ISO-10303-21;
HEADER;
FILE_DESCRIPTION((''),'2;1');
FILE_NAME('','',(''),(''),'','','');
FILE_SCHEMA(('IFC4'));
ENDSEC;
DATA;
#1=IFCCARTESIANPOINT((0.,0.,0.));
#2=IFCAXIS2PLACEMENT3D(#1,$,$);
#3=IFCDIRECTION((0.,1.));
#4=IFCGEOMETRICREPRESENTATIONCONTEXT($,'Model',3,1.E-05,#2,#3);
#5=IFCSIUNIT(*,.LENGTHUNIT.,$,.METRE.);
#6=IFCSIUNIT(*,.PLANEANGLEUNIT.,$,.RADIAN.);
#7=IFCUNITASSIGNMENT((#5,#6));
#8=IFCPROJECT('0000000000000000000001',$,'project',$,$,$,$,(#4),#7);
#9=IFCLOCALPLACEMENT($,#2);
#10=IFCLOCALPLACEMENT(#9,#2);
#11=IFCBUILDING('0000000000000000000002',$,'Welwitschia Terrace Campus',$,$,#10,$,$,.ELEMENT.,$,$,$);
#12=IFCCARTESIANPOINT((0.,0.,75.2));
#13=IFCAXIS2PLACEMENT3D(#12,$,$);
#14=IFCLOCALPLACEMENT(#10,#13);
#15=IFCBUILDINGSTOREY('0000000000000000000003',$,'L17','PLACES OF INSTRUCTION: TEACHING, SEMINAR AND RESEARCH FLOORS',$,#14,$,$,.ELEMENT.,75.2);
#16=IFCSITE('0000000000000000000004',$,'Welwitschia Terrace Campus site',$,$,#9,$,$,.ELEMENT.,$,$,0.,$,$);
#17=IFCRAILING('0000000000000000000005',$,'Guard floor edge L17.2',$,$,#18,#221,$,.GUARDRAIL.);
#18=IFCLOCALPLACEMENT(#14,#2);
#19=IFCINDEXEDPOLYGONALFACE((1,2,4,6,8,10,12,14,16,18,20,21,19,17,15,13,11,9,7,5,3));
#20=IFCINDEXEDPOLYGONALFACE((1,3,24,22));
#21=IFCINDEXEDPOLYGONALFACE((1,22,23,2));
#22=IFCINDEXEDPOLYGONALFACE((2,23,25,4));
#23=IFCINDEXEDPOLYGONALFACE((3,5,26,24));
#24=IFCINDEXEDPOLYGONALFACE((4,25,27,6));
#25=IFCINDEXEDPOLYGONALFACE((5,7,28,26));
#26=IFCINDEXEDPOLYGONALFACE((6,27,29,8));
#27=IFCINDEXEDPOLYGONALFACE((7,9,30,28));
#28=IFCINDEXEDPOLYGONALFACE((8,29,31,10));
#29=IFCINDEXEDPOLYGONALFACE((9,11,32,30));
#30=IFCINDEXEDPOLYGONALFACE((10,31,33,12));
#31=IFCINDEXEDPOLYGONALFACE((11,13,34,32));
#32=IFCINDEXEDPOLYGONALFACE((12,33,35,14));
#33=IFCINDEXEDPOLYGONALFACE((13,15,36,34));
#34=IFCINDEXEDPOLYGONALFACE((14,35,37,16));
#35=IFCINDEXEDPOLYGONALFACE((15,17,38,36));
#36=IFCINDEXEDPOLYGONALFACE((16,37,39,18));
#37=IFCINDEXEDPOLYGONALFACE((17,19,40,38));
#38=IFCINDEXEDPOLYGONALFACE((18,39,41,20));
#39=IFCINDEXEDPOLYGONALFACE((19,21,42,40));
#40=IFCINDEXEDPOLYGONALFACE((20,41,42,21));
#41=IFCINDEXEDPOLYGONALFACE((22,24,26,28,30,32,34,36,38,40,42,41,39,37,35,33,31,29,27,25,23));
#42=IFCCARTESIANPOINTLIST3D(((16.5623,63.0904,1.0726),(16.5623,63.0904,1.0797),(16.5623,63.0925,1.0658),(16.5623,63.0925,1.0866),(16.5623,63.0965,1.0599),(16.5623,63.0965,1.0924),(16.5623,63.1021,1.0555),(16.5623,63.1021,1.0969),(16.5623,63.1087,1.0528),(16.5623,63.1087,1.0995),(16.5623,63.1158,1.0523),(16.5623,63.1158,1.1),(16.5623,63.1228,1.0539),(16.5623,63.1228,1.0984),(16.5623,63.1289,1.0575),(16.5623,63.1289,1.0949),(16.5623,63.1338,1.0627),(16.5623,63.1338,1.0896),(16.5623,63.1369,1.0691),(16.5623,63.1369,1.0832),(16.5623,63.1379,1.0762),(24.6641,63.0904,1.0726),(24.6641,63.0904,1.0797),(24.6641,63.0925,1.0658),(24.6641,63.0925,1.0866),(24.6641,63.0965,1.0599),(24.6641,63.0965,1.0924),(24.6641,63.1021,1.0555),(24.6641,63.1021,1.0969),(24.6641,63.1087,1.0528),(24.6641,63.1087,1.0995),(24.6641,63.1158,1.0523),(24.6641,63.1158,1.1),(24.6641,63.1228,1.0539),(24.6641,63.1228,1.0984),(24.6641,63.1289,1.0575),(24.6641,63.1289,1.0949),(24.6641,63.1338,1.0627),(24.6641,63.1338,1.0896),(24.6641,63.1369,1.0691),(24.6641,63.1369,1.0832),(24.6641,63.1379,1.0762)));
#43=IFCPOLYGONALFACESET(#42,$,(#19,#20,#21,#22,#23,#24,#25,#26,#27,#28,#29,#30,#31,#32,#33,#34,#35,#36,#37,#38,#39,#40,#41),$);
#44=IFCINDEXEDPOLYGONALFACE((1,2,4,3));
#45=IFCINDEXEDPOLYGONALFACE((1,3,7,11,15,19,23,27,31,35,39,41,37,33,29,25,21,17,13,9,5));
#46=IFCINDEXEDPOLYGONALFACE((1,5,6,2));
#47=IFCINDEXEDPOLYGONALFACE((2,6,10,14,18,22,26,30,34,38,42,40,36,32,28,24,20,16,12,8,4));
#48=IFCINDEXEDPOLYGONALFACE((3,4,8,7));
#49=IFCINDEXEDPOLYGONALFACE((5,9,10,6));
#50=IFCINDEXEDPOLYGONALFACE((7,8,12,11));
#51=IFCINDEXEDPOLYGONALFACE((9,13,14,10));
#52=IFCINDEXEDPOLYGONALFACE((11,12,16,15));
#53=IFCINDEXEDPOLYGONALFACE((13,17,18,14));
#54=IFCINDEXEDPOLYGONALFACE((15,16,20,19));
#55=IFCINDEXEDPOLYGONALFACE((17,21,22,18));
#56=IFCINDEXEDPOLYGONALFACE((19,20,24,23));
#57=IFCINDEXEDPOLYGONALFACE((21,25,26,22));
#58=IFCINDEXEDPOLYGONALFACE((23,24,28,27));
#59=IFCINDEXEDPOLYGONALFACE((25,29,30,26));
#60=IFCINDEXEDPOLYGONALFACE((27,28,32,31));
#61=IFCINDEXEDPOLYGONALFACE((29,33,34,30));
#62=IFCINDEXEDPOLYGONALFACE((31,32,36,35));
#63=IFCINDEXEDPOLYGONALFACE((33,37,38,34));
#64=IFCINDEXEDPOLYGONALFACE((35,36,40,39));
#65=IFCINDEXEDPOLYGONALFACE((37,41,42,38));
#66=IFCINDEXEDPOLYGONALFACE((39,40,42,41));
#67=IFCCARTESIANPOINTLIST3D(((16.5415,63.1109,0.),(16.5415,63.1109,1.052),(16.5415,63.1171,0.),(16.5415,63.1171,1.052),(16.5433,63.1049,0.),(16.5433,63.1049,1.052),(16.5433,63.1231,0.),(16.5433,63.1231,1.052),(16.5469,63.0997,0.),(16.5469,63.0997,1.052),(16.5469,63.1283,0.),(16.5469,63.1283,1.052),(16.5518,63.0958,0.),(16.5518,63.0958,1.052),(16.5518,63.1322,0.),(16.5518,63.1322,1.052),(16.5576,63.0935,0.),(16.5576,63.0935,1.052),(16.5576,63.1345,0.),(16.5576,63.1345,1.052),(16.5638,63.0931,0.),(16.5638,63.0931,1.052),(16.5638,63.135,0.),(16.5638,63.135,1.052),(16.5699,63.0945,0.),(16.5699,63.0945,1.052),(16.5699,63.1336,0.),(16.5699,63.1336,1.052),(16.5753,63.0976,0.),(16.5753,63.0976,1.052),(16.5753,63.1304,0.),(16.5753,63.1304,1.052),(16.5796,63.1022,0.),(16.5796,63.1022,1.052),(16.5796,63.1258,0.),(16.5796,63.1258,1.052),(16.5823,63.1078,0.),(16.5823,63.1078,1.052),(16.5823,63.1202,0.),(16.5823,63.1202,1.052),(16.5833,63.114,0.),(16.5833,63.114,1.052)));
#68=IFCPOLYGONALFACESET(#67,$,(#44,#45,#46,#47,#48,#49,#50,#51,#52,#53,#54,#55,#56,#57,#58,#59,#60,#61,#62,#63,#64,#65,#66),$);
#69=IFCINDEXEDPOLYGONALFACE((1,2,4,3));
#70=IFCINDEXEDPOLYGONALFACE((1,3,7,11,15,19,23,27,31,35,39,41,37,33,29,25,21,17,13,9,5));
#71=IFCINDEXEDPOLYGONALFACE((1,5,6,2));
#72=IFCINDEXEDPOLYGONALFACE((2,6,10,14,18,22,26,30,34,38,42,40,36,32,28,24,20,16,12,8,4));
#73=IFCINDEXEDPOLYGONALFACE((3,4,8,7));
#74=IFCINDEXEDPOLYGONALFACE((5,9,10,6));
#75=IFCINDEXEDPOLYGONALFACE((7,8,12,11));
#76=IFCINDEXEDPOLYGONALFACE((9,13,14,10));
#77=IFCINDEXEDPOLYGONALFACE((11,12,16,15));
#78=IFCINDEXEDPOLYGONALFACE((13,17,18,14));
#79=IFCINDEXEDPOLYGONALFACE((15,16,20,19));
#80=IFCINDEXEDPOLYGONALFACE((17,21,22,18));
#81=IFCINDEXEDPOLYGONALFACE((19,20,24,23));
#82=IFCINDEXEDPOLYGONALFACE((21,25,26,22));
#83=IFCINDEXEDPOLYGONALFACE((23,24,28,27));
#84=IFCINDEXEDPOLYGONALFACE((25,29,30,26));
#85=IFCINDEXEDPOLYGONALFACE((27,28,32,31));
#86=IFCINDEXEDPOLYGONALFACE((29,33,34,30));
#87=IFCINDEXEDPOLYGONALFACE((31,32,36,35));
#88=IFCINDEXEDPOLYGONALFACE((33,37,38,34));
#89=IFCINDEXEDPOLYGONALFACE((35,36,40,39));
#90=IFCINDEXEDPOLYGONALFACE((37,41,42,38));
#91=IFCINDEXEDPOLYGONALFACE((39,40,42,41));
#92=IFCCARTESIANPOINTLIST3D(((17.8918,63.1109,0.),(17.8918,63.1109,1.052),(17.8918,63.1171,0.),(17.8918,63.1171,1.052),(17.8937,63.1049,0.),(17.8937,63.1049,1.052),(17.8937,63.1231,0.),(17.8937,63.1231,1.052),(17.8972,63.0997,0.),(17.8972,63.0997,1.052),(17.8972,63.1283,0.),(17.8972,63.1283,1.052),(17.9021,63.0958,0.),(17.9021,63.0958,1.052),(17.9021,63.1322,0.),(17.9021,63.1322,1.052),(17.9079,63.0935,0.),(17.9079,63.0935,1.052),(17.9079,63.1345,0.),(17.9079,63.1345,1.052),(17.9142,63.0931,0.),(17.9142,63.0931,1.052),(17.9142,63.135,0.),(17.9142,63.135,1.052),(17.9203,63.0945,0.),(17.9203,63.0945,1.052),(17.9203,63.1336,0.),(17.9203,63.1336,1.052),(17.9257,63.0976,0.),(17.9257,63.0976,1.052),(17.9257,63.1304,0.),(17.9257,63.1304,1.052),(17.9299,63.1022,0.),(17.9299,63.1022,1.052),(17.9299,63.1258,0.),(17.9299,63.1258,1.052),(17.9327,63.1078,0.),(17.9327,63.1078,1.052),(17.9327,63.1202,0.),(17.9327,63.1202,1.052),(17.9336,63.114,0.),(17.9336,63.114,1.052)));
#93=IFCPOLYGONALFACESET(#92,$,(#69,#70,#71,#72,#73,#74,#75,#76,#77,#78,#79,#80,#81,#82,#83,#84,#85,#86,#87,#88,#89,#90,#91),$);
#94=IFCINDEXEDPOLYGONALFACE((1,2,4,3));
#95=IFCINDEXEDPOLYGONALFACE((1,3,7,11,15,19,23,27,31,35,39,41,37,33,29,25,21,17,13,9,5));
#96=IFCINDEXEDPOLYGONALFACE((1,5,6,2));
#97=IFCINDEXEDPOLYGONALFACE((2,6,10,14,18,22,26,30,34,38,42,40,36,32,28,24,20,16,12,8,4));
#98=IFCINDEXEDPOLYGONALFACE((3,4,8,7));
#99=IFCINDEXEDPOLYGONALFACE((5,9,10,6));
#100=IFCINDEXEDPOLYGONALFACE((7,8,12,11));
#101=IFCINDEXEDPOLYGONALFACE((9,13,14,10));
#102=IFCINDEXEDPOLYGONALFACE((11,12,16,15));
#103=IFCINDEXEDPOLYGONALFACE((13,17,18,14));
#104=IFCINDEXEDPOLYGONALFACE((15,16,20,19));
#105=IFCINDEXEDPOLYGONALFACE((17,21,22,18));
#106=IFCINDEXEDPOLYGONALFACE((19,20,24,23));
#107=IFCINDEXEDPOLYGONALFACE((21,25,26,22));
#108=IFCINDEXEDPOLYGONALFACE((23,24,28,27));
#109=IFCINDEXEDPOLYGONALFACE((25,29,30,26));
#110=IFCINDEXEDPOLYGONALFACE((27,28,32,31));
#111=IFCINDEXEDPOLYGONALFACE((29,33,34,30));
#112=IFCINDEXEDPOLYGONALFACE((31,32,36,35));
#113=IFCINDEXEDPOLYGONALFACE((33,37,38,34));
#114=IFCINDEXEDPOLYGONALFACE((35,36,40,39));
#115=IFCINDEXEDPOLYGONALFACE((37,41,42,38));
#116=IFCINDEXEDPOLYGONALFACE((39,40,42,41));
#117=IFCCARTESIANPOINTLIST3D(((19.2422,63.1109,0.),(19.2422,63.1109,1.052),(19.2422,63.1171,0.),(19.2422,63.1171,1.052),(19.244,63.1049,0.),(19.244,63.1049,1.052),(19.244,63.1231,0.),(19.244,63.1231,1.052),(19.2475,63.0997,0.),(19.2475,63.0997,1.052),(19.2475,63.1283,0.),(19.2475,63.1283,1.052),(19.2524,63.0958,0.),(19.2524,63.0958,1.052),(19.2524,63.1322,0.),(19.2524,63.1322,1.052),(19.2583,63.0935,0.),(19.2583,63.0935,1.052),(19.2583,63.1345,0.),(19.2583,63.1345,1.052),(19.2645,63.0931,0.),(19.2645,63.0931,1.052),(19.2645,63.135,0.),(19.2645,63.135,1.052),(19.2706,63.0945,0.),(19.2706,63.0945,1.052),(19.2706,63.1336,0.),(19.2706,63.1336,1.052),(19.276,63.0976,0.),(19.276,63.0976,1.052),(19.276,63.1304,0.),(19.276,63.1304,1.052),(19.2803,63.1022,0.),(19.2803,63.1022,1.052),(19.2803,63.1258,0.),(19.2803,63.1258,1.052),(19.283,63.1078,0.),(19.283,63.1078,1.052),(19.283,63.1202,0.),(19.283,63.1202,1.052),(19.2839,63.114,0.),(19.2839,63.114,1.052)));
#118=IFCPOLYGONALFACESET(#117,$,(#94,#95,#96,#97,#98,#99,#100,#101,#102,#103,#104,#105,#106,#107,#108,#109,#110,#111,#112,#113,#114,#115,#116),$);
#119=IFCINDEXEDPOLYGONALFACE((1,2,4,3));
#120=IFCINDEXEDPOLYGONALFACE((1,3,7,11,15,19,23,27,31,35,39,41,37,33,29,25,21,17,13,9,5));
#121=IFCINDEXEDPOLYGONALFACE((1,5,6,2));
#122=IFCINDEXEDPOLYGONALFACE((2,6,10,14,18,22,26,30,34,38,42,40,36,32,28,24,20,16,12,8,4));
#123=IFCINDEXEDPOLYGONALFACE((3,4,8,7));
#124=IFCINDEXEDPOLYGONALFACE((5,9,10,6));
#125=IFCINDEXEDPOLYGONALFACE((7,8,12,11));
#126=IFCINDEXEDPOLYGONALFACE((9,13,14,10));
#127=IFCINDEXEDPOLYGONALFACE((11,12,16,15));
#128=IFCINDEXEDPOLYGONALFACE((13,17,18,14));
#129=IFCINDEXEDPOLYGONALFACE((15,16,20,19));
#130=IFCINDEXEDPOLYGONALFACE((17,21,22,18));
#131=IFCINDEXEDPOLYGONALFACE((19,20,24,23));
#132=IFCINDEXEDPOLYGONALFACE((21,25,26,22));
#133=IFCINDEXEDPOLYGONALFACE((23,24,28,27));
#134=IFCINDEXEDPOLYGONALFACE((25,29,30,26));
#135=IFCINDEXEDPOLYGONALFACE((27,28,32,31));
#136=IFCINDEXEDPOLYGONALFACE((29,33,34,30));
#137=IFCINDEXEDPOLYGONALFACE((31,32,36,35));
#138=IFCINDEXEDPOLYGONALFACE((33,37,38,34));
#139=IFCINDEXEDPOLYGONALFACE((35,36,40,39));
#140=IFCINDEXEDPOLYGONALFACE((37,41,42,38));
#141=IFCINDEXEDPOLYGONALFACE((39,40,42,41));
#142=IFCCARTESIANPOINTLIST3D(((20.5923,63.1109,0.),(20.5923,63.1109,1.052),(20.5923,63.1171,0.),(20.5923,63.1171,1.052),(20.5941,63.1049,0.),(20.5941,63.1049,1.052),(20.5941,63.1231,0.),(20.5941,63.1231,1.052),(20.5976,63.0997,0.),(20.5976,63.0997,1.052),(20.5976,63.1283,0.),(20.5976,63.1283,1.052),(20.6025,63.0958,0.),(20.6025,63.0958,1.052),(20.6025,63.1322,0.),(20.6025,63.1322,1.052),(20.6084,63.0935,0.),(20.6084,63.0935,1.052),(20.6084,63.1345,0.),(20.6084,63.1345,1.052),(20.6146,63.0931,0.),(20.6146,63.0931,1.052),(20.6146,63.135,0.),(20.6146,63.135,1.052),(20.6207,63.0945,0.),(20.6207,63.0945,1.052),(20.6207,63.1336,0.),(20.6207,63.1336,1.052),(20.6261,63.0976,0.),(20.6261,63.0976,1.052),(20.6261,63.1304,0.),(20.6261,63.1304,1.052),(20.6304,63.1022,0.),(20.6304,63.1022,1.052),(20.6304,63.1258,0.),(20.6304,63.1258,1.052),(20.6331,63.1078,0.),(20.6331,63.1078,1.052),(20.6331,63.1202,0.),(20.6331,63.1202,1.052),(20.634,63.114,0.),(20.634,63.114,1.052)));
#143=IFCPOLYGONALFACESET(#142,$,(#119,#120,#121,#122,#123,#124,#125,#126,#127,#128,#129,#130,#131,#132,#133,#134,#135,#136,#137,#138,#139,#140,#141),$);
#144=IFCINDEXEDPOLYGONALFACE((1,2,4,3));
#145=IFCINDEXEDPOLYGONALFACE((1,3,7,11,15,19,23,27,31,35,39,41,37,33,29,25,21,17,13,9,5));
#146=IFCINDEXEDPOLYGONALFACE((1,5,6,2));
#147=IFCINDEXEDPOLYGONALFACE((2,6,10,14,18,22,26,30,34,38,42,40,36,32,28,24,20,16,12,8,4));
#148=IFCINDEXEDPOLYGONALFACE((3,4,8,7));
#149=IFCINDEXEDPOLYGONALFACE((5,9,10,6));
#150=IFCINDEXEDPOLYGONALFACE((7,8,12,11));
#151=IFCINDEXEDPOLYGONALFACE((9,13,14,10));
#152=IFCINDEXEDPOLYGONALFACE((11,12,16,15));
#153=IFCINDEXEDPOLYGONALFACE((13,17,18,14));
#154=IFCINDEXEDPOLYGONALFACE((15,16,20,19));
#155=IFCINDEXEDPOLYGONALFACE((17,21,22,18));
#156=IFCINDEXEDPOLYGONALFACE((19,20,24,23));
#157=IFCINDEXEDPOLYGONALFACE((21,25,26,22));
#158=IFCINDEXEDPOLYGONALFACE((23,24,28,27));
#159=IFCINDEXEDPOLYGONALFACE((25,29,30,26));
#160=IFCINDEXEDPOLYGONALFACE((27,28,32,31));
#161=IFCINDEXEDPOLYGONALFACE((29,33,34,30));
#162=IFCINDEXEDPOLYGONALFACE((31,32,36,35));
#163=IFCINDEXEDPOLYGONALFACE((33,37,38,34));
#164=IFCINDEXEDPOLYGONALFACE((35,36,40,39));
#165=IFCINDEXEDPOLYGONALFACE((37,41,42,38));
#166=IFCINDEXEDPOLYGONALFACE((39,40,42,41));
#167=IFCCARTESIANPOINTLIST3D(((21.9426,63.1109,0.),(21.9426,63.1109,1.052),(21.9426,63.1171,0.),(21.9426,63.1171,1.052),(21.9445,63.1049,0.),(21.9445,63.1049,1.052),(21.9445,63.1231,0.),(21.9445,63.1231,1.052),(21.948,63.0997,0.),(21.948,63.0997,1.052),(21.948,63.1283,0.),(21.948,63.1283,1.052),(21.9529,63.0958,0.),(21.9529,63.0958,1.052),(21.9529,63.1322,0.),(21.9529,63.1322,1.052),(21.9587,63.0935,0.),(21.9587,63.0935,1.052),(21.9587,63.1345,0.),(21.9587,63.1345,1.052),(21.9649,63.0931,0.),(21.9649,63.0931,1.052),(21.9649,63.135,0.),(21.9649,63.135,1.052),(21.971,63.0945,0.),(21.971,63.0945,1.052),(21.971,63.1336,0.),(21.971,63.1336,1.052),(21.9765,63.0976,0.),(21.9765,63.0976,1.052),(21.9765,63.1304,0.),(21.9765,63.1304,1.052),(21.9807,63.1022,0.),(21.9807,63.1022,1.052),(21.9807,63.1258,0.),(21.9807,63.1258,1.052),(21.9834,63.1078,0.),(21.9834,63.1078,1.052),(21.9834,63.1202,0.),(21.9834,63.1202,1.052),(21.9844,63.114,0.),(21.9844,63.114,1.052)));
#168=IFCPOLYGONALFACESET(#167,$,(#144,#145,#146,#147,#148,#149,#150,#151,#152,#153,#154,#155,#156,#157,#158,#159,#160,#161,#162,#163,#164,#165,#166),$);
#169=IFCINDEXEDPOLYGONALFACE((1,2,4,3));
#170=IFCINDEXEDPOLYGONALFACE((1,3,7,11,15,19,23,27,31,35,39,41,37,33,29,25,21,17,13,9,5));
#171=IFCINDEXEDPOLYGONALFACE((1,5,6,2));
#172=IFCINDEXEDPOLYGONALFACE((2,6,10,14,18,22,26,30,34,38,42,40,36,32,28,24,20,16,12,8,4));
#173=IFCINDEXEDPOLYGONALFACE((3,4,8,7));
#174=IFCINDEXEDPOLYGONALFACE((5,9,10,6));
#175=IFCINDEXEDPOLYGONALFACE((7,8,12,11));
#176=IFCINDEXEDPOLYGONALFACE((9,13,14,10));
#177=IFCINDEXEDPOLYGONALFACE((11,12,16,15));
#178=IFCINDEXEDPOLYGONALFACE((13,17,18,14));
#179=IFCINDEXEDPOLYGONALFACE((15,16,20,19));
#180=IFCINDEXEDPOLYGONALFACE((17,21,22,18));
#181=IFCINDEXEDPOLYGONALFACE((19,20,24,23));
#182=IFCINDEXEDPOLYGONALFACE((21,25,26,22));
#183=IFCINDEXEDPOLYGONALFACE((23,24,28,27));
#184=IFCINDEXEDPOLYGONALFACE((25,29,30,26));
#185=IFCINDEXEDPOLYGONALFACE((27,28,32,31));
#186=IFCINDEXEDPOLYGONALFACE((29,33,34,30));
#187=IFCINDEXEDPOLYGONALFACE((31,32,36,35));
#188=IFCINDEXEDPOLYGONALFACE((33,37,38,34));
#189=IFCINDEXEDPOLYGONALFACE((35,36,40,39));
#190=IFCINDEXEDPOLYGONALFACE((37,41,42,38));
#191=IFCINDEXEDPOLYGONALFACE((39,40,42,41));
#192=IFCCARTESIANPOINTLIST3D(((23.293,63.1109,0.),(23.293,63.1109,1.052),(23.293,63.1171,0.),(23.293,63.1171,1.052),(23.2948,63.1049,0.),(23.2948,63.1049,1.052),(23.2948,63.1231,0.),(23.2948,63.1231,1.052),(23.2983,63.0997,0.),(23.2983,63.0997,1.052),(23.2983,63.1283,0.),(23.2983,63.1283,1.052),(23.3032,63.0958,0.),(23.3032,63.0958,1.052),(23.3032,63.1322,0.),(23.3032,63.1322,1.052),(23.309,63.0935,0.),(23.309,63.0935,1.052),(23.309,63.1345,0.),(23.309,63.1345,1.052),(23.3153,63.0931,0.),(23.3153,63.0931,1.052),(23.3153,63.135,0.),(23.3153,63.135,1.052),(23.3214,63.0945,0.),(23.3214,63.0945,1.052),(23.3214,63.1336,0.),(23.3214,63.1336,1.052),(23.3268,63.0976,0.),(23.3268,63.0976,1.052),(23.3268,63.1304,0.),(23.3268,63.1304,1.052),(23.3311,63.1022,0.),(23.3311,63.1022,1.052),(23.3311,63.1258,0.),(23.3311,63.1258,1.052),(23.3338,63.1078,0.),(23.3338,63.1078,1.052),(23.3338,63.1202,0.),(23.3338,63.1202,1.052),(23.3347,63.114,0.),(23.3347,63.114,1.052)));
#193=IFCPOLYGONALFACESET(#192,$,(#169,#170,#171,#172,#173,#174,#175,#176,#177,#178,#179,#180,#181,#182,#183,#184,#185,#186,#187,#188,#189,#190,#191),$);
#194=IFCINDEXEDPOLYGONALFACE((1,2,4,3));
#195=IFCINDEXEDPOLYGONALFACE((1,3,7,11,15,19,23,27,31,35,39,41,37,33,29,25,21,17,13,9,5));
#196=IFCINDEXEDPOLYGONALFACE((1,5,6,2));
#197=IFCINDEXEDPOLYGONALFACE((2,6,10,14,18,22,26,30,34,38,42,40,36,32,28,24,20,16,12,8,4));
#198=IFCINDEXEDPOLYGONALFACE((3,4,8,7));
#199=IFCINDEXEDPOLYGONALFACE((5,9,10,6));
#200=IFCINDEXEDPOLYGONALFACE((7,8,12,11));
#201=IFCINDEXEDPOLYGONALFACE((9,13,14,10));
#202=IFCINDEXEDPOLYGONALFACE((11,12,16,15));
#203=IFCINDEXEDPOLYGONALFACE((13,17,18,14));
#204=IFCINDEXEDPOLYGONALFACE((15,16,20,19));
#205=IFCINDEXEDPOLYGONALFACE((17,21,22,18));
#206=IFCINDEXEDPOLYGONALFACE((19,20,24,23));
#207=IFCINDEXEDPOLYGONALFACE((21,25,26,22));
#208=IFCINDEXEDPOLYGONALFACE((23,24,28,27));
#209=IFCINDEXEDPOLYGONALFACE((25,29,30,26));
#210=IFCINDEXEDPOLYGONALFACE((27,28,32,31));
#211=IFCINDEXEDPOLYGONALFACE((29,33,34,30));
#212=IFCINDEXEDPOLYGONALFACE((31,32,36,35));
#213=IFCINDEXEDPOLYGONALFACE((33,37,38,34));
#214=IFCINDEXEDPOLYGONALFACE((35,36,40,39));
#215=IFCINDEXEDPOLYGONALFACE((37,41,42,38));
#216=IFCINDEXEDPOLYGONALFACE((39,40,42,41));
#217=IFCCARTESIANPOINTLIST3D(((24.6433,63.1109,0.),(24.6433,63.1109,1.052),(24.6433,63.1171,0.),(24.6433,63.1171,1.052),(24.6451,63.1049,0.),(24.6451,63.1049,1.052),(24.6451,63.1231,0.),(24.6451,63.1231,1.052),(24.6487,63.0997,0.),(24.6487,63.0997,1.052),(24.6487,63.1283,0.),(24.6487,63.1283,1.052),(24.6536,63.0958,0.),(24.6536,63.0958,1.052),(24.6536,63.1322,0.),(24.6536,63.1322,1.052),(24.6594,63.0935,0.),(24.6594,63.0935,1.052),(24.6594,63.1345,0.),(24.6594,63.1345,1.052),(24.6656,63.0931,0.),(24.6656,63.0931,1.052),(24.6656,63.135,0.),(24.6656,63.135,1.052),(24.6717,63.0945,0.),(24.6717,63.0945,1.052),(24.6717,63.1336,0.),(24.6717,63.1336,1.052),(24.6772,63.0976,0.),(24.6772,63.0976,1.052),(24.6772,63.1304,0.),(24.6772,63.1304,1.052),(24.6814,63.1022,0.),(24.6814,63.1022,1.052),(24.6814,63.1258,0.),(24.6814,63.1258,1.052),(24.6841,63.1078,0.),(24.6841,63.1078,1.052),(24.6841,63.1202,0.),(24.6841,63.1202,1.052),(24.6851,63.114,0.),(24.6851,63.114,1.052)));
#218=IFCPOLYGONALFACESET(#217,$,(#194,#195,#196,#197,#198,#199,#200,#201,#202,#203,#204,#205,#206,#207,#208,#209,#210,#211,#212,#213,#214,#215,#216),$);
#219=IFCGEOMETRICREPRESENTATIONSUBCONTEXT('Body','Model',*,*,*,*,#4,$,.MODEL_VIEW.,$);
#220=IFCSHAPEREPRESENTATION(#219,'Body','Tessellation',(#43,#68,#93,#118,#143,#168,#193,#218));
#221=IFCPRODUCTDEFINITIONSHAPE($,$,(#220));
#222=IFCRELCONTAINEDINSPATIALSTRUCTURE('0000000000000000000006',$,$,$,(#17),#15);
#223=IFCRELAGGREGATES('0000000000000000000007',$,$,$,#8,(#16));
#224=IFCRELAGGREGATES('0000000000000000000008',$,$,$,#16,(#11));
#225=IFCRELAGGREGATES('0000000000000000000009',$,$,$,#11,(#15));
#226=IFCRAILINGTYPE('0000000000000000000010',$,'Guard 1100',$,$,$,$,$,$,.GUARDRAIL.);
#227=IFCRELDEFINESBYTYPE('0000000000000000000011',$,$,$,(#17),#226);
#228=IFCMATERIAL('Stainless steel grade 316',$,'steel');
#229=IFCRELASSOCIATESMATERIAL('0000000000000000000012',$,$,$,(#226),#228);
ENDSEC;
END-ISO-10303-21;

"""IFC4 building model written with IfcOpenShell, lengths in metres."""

from ifc_helpers import new_model, si_unit, direction, frame, origin, origin_2d, place, context, subcontext, project, spatial, circle, extrude, material, type_object, element, save


model = new_model("IFC4")

# Units and contexts
model_context = context("Model", 3, precision=1e-05, world=origin(), true_north=direction((0.0, 1.0)))
body_context = subcontext(model_context, "Body", "Model", "MODEL_VIEW")
ifc_project = project(units=[si_unit("LENGTHUNIT", "METRE"), si_unit("PLANEANGLEUNIT", "RADIAN")], contexts=[model_context])

# Site, building, storey
site_placement = place(None, origin())
site = spatial("IfcSite", under=ifc_project, at=site_placement, Name="Welwitschia Terrace Campus site", CompositionType="ELEMENT", RefElevation=0.0)
building_placement = place(site_placement, origin())
building = spatial("IfcBuilding", under=site, at=building_placement, Name="Welwitschia Terrace Campus", CompositionType="ELEMENT")
storey_placement = place(building_placement, frame((0.0, 0.0, 75.2)))
storey = spatial("IfcBuildingStorey", under=building, at=storey_placement, Name="L17", Description="PLACES OF INSTRUCTION: TEACHING, SEMINAR AND RESEARCH FLOORS", CompositionType="ELEMENT", Elevation=75.2)

# Railing
ifc_material_1 = material(Name="Stainless steel grade 316", Category="steel")
railing_type = type_object("IfcRailingType", Name="Guard 1100", PredefinedType="GUARDRAIL", material=ifc_material_1)
railing_1_placement = place(storey_placement, frame((16.5623, 63.114, 0.0)))
element("IfcRailing", 1, at=railing_1_placement, inside=storey, type_object=railing_type, Name="Guard floor edge L17.2", PredefinedType="GUARDRAIL", context=body_context, shape_type="SweptSolid", body=[
    extrude(circle(Radius=0.0239, at=origin_2d()), frame((0.0, 0.0, 1.0762), z_axis=(1.0, 0.0, 0.0), x_axis=(0.0, 1.0, 0.0)), (0.0, 0.0, 1.0), 8.1018),
    extrude(circle(Radius=0.021, at=origin_2d()), origin(), (0.0, 0.0, 1.0), 1.052),
    extrude(circle(Radius=0.021, at=origin_2d()), frame((1.3503, 0.0, 0.0)), (0.0, 0.0, 1.0), 1.052),
    extrude(circle(Radius=0.021, at=origin_2d()), frame((2.7007, 0.0, 0.0)), (0.0, 0.0, 1.0), 1.052),
    extrude(circle(Radius=0.021, at=origin_2d()), frame((4.0508, 0.0, 0.0)), (0.0, 0.0, 1.0), 1.052),
    extrude(circle(Radius=0.021, at=origin_2d()), frame((5.4011, 0.0, 0.0)), (0.0, 0.0, 1.0), 1.052),
    extrude(circle(Radius=0.021, at=origin_2d()), frame((6.7515, 0.0, 0.0)), (0.0, 0.0, 1.0), 1.052),
    extrude(circle(Radius=0.021, at=origin_2d()), frame((8.1018, 0.0, 0.0)), (0.0, 0.0, 1.0), 1.052),
])

save(model, "model.ifc")
